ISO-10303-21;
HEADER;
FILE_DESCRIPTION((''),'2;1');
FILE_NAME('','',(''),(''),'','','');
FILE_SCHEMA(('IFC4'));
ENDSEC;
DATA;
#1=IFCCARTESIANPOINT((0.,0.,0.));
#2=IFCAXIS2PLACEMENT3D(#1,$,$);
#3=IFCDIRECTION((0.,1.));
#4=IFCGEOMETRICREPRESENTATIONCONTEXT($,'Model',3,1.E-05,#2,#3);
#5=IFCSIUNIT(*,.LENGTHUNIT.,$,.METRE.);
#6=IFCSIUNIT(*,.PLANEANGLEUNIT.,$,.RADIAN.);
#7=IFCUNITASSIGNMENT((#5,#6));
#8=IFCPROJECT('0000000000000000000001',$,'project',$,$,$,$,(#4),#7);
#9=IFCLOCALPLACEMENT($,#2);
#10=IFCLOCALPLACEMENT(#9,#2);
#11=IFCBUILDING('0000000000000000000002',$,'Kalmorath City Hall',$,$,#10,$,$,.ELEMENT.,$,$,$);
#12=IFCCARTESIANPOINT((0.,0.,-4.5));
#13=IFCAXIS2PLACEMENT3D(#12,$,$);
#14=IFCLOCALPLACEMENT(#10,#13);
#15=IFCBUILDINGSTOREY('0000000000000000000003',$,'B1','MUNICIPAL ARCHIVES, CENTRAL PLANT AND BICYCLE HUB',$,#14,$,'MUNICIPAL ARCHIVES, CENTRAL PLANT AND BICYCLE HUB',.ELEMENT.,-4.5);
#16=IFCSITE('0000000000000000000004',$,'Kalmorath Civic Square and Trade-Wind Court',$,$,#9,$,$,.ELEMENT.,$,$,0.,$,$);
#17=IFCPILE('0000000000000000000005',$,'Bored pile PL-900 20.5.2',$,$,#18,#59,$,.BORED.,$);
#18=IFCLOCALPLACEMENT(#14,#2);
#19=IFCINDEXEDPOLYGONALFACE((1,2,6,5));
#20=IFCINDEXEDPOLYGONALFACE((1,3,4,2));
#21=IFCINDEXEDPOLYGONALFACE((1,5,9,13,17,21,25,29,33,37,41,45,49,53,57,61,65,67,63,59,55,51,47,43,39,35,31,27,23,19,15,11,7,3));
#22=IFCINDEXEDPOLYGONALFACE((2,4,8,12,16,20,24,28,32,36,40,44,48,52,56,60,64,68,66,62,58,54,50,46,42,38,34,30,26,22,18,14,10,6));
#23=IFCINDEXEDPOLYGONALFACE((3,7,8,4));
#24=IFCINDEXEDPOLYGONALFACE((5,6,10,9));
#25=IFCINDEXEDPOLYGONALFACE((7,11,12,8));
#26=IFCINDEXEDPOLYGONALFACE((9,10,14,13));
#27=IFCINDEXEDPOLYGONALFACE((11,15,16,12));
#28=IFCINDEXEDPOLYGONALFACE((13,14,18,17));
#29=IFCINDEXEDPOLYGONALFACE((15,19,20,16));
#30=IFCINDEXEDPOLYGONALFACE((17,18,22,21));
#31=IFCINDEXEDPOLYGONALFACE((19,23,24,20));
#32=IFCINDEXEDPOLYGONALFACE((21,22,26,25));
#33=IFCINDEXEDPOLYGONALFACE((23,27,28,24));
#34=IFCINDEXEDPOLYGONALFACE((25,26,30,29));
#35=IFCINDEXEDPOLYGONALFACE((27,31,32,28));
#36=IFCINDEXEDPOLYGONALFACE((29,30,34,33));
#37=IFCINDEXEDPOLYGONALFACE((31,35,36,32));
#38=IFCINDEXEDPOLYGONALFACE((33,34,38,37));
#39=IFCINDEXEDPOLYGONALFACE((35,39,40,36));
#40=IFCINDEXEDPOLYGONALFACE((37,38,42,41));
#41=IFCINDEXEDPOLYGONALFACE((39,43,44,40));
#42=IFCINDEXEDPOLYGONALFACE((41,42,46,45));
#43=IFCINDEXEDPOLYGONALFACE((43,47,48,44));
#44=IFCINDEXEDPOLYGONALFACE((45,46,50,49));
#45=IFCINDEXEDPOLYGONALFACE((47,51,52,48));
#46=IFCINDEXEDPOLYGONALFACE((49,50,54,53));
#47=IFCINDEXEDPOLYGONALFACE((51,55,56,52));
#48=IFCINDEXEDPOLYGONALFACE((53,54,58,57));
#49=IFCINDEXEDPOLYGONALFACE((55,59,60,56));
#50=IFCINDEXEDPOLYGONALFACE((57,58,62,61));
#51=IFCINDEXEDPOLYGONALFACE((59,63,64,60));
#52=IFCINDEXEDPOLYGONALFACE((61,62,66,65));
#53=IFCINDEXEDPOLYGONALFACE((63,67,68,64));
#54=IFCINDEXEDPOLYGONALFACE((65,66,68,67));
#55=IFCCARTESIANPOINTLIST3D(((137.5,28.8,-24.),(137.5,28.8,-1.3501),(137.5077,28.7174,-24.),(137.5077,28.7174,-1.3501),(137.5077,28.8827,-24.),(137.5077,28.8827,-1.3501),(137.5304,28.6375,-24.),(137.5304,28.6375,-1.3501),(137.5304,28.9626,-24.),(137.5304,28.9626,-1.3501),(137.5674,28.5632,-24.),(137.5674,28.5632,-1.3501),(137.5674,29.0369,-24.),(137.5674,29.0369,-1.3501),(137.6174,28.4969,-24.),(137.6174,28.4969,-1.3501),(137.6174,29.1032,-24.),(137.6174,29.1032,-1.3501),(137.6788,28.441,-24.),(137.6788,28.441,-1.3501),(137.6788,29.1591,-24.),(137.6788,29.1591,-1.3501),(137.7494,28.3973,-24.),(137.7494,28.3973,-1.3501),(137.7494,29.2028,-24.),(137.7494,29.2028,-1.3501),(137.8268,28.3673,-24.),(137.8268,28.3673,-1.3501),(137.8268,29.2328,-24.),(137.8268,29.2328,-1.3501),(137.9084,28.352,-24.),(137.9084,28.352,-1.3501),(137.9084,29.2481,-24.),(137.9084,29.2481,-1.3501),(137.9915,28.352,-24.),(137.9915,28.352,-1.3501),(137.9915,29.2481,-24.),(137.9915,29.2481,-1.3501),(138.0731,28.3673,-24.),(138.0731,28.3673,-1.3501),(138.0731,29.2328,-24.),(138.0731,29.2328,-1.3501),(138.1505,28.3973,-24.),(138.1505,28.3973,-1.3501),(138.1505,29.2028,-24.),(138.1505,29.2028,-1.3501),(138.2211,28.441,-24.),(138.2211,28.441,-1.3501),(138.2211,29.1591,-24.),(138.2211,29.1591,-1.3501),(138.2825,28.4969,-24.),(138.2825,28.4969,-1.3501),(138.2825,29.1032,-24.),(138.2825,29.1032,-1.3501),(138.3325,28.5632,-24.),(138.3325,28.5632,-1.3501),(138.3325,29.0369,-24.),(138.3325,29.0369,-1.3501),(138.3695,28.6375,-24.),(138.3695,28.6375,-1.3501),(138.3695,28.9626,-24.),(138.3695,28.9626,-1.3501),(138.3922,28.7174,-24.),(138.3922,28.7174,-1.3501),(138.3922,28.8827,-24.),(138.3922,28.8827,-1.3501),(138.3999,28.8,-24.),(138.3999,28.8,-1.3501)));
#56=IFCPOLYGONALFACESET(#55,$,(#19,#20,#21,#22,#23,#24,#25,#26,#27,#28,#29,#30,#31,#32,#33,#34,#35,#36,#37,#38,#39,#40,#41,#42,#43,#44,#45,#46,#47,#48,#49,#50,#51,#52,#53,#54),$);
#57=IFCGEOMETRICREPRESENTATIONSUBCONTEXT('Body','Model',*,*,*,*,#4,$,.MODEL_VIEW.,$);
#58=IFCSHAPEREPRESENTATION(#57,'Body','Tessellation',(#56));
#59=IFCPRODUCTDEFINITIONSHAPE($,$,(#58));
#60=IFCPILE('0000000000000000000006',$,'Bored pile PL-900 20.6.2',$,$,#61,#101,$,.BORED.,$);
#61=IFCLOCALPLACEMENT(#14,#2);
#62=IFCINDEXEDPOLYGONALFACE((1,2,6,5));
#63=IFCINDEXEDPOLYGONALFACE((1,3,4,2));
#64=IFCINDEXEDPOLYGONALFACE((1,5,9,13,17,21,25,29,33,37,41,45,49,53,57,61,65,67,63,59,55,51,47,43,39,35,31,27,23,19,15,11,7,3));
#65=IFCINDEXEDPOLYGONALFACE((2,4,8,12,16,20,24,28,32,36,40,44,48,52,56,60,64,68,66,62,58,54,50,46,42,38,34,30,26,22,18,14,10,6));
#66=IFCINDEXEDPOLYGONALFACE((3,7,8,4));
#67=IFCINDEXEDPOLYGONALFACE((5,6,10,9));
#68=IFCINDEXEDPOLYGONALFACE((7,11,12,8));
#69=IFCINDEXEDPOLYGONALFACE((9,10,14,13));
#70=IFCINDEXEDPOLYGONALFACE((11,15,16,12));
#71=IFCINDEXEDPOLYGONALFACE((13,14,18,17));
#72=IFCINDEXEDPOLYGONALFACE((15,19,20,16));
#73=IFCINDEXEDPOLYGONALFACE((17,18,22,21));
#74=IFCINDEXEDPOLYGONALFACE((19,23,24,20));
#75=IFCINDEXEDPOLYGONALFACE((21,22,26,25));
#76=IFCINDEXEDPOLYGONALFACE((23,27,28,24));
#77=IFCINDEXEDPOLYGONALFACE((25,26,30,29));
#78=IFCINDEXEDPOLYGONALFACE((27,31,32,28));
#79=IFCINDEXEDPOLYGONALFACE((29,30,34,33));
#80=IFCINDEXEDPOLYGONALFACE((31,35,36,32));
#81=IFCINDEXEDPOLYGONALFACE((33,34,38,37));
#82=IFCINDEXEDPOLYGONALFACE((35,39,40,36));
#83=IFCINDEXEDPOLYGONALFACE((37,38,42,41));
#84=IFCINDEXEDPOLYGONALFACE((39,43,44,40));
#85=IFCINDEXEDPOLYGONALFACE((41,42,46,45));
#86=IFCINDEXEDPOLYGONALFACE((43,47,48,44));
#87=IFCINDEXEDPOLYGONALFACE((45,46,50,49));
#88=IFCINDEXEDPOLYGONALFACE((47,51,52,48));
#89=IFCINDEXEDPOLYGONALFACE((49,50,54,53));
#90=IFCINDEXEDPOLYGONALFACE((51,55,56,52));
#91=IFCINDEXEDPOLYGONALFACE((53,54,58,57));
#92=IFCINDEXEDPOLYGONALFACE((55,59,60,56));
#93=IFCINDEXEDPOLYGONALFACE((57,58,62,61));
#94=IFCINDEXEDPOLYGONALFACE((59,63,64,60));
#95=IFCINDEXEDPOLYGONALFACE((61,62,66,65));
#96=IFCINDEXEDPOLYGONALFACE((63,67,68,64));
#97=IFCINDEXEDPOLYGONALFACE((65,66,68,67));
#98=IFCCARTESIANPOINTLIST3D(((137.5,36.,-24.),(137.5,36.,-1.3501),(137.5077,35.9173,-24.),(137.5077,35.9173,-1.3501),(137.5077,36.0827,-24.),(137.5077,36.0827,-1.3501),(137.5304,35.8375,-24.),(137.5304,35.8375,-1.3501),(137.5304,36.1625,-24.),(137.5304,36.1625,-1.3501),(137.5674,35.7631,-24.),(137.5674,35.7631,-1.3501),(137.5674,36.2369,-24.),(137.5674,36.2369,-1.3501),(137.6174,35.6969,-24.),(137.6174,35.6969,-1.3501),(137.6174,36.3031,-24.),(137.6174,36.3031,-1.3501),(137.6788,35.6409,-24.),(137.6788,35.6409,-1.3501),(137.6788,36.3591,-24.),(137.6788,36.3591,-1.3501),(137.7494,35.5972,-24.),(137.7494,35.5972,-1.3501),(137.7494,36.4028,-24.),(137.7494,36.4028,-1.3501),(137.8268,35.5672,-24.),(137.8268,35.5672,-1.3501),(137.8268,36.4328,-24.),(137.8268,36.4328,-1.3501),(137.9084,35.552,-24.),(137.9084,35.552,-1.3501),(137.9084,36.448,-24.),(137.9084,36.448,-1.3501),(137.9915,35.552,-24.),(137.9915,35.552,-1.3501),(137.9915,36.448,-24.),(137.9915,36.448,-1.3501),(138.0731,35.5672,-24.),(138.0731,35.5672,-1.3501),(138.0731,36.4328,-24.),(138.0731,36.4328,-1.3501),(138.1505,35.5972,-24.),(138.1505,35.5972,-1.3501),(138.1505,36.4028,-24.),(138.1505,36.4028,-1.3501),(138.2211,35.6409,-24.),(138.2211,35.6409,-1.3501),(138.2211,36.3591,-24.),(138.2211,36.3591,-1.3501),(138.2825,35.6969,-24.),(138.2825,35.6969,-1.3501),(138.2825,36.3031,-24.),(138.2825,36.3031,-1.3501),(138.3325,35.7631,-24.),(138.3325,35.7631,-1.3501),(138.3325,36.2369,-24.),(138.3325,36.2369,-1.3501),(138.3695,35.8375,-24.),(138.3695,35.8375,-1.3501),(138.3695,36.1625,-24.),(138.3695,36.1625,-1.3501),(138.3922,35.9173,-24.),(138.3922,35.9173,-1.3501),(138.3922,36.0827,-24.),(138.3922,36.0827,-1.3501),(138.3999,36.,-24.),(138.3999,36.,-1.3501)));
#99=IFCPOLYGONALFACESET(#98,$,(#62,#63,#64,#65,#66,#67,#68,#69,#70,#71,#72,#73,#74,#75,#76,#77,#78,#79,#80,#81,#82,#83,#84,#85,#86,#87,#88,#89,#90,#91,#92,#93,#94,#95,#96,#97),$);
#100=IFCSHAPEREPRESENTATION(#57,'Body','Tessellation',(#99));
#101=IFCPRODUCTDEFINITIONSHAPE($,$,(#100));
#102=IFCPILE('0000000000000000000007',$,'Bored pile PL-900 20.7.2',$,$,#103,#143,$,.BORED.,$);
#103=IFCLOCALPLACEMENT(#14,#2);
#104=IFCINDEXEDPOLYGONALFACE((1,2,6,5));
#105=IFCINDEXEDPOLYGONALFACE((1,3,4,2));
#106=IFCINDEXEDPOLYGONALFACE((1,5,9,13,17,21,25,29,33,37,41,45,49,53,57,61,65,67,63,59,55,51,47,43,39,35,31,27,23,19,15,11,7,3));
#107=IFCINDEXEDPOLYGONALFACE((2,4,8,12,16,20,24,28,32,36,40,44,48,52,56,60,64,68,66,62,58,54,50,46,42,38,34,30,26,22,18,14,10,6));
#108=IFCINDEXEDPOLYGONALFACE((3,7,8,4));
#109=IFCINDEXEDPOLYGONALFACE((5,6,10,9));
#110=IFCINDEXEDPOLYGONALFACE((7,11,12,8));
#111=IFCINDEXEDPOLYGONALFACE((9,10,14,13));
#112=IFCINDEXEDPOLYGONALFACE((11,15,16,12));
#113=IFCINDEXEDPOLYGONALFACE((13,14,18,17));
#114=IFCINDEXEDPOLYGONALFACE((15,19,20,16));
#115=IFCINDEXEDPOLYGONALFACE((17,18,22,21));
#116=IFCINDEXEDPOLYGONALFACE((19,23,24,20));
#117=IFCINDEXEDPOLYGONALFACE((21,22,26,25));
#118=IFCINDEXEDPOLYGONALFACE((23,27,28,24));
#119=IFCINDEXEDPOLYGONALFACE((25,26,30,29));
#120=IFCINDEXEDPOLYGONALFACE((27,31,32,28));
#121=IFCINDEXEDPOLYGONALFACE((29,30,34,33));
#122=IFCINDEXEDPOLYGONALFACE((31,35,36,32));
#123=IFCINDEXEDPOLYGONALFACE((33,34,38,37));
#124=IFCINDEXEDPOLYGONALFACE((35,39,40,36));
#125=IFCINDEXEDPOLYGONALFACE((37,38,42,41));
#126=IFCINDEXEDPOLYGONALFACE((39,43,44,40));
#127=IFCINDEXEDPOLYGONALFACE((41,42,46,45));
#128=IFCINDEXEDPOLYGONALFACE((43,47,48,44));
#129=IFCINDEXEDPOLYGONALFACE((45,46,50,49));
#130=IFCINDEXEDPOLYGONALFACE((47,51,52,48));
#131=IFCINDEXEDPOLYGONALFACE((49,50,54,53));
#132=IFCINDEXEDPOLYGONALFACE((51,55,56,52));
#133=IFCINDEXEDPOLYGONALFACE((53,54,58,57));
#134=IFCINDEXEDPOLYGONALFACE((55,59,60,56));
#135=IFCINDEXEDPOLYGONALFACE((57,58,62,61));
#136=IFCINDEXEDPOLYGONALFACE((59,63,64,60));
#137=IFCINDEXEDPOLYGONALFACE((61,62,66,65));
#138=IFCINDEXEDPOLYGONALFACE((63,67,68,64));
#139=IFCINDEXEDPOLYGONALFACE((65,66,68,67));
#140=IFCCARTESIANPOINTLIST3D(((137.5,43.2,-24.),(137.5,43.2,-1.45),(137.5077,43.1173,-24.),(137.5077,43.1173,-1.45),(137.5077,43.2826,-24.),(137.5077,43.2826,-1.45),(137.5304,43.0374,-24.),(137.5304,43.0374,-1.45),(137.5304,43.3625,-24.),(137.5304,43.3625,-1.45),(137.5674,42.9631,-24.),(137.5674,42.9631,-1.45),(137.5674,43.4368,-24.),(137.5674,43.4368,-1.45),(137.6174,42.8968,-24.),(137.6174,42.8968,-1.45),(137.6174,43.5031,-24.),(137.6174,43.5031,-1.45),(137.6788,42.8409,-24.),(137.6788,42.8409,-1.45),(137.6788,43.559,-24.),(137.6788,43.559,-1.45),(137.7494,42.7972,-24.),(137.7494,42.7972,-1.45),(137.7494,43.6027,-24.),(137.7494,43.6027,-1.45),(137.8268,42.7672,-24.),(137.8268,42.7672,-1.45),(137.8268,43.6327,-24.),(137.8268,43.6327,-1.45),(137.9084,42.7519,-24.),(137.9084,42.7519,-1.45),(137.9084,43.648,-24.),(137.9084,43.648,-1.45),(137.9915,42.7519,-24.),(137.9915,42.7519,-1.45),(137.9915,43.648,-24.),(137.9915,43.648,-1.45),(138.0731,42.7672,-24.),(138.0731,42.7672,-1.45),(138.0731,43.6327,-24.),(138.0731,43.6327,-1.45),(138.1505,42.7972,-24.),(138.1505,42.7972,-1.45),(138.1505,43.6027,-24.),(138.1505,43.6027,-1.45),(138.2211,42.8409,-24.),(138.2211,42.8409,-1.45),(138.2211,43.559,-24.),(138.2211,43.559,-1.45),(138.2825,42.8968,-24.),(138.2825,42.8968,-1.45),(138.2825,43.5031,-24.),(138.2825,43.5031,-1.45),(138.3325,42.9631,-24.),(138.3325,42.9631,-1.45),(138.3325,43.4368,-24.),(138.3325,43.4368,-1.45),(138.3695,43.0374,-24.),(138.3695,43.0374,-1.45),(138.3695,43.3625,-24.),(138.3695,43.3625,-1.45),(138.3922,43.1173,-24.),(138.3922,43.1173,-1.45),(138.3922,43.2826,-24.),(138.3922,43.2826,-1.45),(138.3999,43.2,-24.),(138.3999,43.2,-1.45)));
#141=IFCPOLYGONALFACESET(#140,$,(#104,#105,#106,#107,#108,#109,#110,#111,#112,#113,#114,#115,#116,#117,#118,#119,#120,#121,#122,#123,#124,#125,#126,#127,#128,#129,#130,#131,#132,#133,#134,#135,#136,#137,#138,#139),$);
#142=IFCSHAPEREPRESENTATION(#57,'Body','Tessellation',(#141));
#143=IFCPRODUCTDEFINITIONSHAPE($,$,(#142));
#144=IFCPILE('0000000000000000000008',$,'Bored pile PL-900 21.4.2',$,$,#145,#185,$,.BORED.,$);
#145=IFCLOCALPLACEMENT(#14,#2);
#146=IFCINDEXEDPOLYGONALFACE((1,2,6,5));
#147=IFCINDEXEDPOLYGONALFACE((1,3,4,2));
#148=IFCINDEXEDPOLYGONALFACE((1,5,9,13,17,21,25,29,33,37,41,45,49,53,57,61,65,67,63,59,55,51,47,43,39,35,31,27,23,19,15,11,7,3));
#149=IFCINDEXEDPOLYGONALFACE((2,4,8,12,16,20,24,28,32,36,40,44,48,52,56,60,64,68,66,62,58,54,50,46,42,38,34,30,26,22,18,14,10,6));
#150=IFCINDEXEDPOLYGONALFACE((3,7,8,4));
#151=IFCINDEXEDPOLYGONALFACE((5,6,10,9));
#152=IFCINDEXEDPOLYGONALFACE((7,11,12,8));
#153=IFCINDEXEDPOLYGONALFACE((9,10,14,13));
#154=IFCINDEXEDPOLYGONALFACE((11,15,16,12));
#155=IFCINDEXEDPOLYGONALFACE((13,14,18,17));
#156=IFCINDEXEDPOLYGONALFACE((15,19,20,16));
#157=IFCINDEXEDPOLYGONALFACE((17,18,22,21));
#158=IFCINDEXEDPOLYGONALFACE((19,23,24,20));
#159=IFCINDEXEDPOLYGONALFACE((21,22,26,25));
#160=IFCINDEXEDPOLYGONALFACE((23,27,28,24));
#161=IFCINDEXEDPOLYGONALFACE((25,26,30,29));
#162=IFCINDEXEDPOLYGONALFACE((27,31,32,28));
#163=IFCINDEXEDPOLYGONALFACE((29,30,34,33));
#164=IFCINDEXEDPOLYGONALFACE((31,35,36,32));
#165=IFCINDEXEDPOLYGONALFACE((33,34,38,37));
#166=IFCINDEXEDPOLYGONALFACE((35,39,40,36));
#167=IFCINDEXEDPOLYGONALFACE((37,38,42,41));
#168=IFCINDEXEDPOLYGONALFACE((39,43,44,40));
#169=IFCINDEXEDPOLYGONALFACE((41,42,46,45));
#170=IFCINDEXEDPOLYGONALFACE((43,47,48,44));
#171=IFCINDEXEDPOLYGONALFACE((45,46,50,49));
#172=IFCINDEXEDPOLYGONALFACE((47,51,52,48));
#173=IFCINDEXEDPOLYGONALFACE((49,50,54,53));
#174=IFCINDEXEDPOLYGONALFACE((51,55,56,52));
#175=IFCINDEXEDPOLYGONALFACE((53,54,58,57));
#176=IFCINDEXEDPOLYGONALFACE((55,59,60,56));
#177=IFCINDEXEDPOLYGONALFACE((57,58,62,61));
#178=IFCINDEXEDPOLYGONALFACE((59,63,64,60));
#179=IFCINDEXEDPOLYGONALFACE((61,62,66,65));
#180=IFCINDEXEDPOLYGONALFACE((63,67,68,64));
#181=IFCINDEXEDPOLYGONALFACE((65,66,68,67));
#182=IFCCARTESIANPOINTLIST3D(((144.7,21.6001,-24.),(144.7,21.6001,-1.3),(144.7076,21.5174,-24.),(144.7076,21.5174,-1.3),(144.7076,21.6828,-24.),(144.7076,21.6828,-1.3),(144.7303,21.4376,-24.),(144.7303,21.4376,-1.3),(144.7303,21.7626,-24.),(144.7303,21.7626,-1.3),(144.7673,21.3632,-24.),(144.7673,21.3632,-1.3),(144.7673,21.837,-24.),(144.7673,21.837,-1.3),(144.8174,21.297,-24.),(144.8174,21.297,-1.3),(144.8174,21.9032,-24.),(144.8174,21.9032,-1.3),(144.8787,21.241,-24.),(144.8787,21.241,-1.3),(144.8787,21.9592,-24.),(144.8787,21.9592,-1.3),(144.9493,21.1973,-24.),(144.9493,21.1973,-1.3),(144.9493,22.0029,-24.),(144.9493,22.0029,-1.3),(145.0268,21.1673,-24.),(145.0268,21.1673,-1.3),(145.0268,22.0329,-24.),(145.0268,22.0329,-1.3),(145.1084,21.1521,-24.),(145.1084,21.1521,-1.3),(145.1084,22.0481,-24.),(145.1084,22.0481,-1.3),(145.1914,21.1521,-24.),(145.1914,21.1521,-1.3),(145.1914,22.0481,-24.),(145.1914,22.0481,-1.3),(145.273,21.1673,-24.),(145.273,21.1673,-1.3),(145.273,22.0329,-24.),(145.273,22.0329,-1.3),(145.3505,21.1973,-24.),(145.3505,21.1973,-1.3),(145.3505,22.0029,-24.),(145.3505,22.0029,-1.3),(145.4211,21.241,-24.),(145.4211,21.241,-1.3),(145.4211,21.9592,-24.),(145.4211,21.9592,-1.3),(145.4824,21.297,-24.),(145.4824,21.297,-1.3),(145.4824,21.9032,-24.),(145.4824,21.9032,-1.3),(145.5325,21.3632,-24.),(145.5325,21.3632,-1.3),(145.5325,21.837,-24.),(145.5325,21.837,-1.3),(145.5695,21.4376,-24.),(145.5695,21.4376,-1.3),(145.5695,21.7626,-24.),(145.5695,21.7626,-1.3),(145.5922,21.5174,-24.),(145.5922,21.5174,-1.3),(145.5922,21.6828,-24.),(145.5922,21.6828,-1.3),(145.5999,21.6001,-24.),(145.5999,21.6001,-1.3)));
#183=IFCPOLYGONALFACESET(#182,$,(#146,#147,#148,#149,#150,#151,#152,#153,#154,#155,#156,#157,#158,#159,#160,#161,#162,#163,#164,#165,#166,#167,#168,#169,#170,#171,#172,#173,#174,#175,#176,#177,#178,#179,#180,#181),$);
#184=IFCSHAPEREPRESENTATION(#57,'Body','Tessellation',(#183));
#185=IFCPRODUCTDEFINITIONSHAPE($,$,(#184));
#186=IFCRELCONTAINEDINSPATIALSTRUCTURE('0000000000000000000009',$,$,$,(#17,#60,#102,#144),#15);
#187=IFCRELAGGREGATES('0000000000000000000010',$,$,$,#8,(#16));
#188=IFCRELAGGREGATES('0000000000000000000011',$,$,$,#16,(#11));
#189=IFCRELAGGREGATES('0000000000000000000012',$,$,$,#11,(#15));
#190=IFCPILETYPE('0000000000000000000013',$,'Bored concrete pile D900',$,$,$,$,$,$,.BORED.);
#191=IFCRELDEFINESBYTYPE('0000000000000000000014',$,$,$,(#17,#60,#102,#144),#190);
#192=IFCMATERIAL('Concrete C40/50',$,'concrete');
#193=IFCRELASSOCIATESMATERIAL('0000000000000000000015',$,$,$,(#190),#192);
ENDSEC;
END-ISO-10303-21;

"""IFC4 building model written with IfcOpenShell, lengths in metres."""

from ifc_helpers import new_model, si_unit, direction, frame, origin, origin_2d, place, context, subcontext, project, spatial, circle, extrude, material, material_profile, profile_set, type_object, element, save


model = new_model("IFC4")

# Units and contexts
model_context = context("Model", 3, precision=1e-05, world=origin(), true_north=direction((0.0, 1.0)))
body_context = subcontext(model_context, "Body", "Model", "MODEL_VIEW")
ifc_project = project(units=[si_unit("LENGTHUNIT", "METRE"), si_unit("PLANEANGLEUNIT", "RADIAN")], contexts=[model_context])

# Site, building, storey
site_placement = place(None, origin())
site = spatial("IfcSite", under=ifc_project, at=site_placement, Name="Kalmorath Civic Square and Trade-Wind Court", CompositionType="ELEMENT", RefElevation=0.0)
building_placement = place(site_placement, origin())
building = spatial("IfcBuilding", under=site, at=building_placement, Name="Kalmorath City Hall", CompositionType="ELEMENT")
storey_placement = place(building_placement, frame((0.0, 0.0, -4.5)))
storey = spatial("IfcBuildingStorey", under=building, at=storey_placement, Name="B1", Description="MUNICIPAL ARCHIVES, CENTRAL PLANT AND BICYCLE HUB", LongName="MUNICIPAL ARCHIVES, CENTRAL PLANT AND BICYCLE HUB", CompositionType="ELEMENT", Elevation=-4.5)

# Piles
ifc_material_1 = material(Name="Concrete C40/50", Category="concrete")
ifc_material_profile_1 = material_profile(ifc_material_1, circle(Radius=0.45, at=origin_2d()), Name="PILE-D900")
ifc_profile_set_1 = profile_set([ifc_material_profile_1], Name="Concrete C40/50")
pile_type = type_object("IfcPileType", Name="Bored concrete pile D900", PredefinedType="BORED", material=ifc_profile_set_1)
for number, where, z_axis, x_axis, name in (
    (1, (137.95, 28.8, -1.3501), (0.0, 0.0, -1.0), (1.0, 0.0, 0.0), "Bored pile PL-900 20.5.2"),
    (2, (137.95, 36.0, -1.3501), (0.0, 0.0, -1.0), (1.0, 0.0, 0.0), "Bored pile PL-900 20.6.2"),
):
    element("IfcPile", number, at=place(storey_placement, frame(where, z_axis=z_axis, x_axis=x_axis)), inside=storey, type_object=pile_type, Name=name, PredefinedType="BORED", context=body_context, shape_type="SweptSolid", body=[
        extrude(circle(Radius=0.45, at=origin_2d()), origin(), (0.0, 0.0, 1.0), 22.6499),
    ])
pile_1_placement = place(storey_placement, frame((137.95, 43.2, -1.45), z_axis=(0.0, 0.0, -1.0), x_axis=(1.0, 0.0, 0.0)))
element("IfcPile", 3, at=pile_1_placement, inside=storey, type_object=pile_type, Name="Bored pile PL-900 20.7.2", PredefinedType="BORED", context=body_context, shape_type="SweptSolid", body=[
    extrude(circle(Radius=0.45, at=origin_2d()), origin(), (0.0, 0.0, 1.0), 22.55),
])
pile_2_placement = place(storey_placement, frame((145.1499, 21.6001, -1.3), z_axis=(0.0, 0.0, -1.0), x_axis=(1.0, 0.0, 0.0)))
element("IfcPile", 4, at=pile_2_placement, inside=storey, type_object=pile_type, Name="Bored pile PL-900 21.4.2", PredefinedType="BORED", context=body_context, shape_type="SweptSolid", body=[
    extrude(circle(Radius=0.45, at=origin_2d()), origin(), (0.0, 0.0, 1.0), 22.7),
])

save(model, "model.ifc")
